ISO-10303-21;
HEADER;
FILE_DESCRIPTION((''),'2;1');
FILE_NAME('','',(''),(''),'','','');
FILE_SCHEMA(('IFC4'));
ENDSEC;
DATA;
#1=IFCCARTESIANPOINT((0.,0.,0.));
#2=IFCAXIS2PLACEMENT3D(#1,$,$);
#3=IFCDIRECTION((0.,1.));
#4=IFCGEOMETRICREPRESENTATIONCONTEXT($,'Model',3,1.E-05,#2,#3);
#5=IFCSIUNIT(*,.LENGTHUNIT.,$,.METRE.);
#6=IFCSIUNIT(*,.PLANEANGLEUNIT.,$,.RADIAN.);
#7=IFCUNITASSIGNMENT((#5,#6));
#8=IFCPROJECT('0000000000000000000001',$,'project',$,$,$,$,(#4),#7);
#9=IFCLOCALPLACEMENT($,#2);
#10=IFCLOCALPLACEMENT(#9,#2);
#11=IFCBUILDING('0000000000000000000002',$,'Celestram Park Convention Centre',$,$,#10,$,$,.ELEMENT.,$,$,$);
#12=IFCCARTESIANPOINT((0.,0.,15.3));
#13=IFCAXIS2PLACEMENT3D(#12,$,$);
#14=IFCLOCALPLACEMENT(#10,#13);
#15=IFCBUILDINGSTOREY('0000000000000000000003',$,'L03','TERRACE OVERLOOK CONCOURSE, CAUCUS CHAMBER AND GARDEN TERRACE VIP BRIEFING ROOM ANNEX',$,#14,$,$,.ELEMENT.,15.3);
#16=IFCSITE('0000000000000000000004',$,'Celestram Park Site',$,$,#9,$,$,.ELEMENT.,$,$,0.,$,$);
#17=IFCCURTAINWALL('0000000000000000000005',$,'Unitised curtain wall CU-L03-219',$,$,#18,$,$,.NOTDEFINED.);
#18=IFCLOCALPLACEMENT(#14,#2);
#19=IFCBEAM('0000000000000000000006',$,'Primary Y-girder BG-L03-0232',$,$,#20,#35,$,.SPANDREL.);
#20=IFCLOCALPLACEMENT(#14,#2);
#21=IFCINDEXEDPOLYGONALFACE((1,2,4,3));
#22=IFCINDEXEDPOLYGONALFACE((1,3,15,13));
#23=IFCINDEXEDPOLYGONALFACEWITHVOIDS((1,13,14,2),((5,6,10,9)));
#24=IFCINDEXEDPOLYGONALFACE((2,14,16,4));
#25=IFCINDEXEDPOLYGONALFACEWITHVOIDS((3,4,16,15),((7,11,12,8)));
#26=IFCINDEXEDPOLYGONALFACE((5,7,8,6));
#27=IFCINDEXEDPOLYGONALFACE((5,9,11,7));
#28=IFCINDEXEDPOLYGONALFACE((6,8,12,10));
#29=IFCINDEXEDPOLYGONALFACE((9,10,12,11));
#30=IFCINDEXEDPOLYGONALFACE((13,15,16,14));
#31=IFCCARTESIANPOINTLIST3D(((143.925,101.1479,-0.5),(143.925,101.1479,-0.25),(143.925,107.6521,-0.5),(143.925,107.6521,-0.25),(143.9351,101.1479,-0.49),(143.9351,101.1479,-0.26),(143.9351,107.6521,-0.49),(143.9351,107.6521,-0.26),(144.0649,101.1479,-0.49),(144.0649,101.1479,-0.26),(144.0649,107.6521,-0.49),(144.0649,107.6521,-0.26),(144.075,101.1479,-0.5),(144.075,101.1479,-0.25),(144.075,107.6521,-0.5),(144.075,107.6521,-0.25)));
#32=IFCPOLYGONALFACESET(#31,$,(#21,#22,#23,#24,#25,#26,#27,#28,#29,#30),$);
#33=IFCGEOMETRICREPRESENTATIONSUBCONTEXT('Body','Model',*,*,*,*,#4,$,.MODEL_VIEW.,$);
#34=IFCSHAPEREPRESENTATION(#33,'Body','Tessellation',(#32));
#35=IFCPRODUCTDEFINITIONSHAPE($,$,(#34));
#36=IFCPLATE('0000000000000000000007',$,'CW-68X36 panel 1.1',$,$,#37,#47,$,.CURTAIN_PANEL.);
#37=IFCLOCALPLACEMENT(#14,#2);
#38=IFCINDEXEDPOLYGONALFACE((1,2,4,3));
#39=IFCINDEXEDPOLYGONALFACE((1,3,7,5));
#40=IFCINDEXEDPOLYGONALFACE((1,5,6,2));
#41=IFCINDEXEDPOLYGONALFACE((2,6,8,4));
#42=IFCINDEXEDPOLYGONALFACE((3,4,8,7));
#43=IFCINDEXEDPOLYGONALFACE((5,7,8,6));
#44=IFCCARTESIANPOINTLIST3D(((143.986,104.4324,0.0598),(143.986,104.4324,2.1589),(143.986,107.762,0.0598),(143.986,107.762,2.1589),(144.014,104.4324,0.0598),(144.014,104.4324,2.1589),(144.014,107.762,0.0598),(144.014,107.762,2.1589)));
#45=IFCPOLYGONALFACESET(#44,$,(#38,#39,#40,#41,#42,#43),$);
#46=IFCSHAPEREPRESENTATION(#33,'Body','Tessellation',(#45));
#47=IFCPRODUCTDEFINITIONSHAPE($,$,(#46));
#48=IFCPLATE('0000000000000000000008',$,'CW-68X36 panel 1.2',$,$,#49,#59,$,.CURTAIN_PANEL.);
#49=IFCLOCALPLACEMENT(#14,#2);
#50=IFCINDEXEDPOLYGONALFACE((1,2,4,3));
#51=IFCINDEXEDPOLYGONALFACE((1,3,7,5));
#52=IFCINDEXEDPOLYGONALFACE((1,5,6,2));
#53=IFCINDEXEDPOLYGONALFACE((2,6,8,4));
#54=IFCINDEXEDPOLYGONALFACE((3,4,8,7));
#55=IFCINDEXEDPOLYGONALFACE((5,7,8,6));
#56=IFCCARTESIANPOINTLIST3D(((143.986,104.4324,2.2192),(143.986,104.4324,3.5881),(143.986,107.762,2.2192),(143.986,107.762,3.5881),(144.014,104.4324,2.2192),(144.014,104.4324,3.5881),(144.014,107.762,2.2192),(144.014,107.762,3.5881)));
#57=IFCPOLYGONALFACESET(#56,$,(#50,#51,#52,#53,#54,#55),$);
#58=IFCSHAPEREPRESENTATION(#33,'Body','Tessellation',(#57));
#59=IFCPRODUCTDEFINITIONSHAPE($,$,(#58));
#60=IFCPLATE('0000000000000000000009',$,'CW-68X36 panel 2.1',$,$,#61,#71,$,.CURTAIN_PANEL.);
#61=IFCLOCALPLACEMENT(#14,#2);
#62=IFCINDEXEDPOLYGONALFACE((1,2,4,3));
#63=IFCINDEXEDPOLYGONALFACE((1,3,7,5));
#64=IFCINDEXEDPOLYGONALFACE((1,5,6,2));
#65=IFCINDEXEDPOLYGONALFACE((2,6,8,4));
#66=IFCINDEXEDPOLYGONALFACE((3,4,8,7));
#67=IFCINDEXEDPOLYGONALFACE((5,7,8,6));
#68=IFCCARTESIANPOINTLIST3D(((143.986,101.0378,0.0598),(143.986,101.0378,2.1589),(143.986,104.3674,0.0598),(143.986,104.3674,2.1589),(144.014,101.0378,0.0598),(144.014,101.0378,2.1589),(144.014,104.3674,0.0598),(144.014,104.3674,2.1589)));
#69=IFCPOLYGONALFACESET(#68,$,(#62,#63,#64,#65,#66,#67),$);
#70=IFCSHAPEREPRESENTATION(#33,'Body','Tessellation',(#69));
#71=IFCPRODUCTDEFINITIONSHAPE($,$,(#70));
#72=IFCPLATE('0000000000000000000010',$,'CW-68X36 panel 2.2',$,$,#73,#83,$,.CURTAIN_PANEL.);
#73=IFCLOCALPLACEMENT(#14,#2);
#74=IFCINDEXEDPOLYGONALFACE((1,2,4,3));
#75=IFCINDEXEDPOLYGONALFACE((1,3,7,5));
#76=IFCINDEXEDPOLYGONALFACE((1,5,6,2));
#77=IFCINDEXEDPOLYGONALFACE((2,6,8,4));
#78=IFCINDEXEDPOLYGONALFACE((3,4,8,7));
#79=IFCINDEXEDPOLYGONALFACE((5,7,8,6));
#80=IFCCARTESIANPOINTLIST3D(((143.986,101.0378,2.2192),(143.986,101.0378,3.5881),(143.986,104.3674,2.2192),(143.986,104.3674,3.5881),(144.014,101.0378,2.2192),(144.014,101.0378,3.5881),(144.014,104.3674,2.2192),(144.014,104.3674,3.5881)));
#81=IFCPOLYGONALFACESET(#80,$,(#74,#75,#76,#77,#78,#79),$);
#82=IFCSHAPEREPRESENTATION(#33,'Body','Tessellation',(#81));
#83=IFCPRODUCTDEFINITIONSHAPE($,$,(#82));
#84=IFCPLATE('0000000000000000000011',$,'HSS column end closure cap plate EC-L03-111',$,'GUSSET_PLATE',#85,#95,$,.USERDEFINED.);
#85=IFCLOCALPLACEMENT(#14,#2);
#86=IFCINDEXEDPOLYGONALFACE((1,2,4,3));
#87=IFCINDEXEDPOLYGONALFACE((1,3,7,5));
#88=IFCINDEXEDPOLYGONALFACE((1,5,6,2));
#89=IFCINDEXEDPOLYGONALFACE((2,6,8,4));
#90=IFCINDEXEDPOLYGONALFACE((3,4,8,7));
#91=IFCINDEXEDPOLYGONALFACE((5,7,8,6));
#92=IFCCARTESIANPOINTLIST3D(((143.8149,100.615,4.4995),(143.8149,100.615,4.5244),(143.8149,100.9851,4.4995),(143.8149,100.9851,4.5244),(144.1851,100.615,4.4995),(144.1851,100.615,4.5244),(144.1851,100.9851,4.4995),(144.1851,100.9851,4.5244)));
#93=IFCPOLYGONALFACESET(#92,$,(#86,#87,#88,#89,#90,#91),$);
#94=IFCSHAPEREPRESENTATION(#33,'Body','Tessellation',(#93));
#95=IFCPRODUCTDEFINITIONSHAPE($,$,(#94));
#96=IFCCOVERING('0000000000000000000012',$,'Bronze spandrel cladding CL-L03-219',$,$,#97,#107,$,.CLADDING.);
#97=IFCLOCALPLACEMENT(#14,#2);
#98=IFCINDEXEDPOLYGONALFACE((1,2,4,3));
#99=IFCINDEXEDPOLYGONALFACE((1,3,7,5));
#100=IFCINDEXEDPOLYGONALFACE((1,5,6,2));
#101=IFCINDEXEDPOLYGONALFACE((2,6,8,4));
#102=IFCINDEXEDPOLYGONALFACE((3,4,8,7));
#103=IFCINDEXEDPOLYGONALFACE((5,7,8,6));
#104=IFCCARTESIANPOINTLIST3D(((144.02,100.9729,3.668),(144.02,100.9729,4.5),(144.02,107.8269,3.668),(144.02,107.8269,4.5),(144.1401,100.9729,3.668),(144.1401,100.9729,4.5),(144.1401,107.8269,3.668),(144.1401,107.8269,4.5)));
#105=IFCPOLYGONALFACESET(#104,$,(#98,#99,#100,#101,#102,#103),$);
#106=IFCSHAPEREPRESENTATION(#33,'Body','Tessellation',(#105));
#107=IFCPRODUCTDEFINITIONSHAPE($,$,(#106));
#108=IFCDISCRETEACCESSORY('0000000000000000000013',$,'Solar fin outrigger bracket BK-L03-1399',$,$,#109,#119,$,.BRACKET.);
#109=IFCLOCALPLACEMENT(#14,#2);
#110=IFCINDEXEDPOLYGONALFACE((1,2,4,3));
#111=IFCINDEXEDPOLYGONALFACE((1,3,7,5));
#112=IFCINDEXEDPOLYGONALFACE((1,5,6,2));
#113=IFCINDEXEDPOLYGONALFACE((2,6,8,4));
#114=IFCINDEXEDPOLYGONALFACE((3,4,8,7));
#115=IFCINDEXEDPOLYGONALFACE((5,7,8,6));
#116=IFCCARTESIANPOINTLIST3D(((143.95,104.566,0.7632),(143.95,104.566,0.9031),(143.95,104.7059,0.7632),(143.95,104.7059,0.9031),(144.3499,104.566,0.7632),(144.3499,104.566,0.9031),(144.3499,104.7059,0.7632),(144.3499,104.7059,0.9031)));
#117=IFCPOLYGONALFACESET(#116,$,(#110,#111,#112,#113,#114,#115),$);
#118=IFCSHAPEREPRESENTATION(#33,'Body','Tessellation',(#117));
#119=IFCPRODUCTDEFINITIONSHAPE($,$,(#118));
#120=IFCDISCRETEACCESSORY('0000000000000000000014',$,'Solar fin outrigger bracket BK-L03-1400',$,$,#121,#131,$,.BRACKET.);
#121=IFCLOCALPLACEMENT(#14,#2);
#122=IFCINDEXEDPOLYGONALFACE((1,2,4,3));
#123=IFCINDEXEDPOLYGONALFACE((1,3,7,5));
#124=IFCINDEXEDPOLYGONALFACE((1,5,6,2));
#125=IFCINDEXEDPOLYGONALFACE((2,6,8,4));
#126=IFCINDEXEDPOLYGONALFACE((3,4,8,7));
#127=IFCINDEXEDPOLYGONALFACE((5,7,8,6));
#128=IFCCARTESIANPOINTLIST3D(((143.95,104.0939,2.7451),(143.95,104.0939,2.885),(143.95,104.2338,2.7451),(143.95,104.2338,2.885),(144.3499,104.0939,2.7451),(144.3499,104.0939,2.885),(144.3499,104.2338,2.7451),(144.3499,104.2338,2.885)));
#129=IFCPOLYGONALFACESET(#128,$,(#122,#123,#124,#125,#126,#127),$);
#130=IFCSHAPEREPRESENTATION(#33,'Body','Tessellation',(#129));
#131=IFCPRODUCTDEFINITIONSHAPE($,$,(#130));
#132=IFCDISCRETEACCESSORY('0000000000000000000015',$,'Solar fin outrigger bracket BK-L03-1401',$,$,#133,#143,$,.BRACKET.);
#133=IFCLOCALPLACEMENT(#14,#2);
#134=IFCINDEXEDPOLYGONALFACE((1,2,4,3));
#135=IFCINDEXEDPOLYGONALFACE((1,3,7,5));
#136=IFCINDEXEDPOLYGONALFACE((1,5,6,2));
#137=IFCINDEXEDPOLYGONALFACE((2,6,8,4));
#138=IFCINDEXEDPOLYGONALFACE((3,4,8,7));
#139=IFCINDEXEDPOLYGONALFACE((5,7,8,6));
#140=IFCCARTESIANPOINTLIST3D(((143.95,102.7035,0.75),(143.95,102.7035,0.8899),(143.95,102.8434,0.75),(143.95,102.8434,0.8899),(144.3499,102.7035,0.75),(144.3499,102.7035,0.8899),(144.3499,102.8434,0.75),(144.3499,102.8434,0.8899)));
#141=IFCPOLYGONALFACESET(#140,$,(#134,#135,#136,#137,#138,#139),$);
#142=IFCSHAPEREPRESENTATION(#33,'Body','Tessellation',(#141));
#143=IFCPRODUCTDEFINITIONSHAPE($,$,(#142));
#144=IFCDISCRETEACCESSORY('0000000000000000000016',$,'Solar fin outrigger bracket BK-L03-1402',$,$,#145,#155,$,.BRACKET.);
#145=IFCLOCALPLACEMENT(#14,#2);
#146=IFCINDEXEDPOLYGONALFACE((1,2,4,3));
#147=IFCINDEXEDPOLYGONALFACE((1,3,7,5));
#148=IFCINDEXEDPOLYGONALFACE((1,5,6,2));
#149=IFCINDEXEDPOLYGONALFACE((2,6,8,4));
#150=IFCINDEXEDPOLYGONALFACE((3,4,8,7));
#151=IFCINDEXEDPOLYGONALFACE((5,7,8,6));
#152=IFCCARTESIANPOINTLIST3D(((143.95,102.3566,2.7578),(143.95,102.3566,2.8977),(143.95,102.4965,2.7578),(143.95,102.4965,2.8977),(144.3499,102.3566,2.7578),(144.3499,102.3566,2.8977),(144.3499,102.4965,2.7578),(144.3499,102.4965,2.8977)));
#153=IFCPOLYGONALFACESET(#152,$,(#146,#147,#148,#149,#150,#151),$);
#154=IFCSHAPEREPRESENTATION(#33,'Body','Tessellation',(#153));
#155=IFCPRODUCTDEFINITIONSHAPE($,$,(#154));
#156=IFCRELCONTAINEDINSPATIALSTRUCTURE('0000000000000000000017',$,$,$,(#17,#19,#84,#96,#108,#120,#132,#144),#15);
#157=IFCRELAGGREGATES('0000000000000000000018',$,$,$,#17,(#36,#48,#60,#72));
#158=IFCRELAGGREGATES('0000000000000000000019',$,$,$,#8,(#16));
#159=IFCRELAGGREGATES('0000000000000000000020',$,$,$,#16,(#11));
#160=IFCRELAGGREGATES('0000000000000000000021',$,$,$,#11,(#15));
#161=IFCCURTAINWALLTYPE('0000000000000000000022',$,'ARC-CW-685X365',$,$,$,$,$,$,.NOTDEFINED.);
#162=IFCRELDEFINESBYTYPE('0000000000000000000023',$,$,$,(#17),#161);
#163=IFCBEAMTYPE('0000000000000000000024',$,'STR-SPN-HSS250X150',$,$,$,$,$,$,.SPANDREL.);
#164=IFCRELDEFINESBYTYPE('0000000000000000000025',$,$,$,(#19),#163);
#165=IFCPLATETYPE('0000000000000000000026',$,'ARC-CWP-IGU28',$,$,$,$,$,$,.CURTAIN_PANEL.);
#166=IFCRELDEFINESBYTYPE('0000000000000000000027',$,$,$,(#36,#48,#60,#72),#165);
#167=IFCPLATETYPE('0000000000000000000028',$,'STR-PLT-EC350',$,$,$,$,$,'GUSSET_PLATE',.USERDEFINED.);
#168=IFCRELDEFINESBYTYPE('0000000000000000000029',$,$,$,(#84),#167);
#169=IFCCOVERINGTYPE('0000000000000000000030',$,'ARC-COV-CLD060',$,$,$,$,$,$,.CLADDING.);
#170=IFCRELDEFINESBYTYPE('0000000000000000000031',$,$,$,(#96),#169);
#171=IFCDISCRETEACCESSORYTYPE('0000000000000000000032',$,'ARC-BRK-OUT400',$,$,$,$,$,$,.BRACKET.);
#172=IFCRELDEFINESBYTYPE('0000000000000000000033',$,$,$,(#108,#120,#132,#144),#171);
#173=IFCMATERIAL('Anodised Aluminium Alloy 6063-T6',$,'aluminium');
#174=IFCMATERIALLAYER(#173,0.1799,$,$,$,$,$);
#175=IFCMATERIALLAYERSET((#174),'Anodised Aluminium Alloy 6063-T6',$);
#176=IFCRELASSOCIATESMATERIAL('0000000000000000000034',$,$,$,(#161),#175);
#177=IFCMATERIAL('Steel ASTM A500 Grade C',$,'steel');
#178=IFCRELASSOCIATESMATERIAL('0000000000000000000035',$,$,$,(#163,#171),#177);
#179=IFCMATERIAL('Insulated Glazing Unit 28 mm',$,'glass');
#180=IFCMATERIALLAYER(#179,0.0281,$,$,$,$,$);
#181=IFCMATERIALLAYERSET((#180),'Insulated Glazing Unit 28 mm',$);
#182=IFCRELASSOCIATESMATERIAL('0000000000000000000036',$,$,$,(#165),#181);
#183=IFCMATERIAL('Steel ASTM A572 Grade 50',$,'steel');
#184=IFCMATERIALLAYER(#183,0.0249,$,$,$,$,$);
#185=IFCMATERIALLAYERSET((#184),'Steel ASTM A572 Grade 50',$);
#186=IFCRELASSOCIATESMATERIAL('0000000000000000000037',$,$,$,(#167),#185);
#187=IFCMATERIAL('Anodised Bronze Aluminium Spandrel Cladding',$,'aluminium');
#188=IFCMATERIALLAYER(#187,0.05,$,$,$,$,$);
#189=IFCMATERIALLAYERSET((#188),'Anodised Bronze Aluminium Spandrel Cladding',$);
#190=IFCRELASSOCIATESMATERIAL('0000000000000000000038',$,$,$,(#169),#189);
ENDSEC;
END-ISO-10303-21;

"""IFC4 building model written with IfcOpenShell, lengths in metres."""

from ifc_helpers import new_model, si_unit, direction, frame, origin, origin_2d, place, context, subcontext, project, spatial, rectangle, hollow_rectangle, extrude, material, layer, layer_set, material_profile, profile_set, type_object, element, aggregate, save


model = new_model("IFC4")

# Units and contexts
model_context = context("Model", 3, precision=1e-05, world=origin(), true_north=direction((0.0, 1.0)))
body_context = subcontext(model_context, "Body", "Model", "MODEL_VIEW")
ifc_project = project(units=[si_unit("LENGTHUNIT", "METRE"), si_unit("PLANEANGLEUNIT", "RADIAN")], contexts=[model_context])

# Site, building, storey
site_placement = place(None, origin())
site = spatial("IfcSite", under=ifc_project, at=site_placement, Name="Celestram Park Site", CompositionType="ELEMENT", RefElevation=0.0)
building_placement = place(site_placement, origin())
building = spatial("IfcBuilding", under=site, at=building_placement, Name="Celestram Park Convention Centre", CompositionType="ELEMENT")
storey_placement = place(building_placement, frame((0.0, 0.0, 15.3)))
storey = spatial("IfcBuildingStorey", under=building, at=storey_placement, Name="L03", Description="TERRACE OVERLOOK CONCOURSE, CAUCUS CHAMBER AND GARDEN TERRACE VIP BRIEFING ROOM ANNEX", CompositionType="ELEMENT", Elevation=15.3)

# Shared definitions
ifc_material_1 = material(Name="Steel ASTM A500 Grade C", Category="steel")

# Curtain wall
ifc_material_2 = material(Name="Anodised Aluminium Alloy 6063-T6", Category="aluminium")
ifc_layer_1 = layer(ifc_material_2, 0.1799)
ifc_layer_set_1 = layer_set([ifc_layer_1], Name="Anodised Aluminium Alloy 6063-T6")
curtain_wall_type = type_object("IfcCurtainWallType", Name="ARC-CW-685X365", PredefinedType="NOTDEFINED", material=ifc_layer_set_1)
curtain_wall_placement = place(storey_placement, origin())
curtain_wall = element("IfcCurtainWall", 1, at=curtain_wall_placement, inside=storey, type_object=curtain_wall_type, Name="Unitised curtain wall CU-L03-219", PredefinedType="NOTDEFINED")

# Beam
ifc_material_profile_1 = material_profile(ifc_material_1, hollow_rectangle(XDim=0.1499, YDim=0.25, WallThickness=0.01, at=origin_2d()), Name="HSS250X150X10")
ifc_profile_set_1 = profile_set([ifc_material_profile_1], Name="Steel ASTM A500 Grade C")
beam_type = type_object("IfcBeamType", Name="STR-SPN-HSS250X150", PredefinedType="SPANDREL", material=ifc_profile_set_1)
beam_placement = place(storey_placement, frame((144.0, 101.1479, -0.375), z_axis=(0.0, 1.0, 0.0), x_axis=(-1.0, 0.0, 0.0)))
element("IfcBeam", 2, at=beam_placement, inside=storey, type_object=beam_type, Name="Primary Y-girder BG-L03-0232", PredefinedType="SPANDREL", context=body_context, shape_type="SweptSolid", body=[
    extrude(hollow_rectangle(XDim=0.1499, YDim=0.25, WallThickness=0.01, at=origin_2d()), origin(), (0.0, 0.0, 1.0), 6.5042),
])

# Plates
ifc_material_3 = material(Name="Insulated Glazing Unit 28 mm", Category="glass")
ifc_layer_2 = layer(ifc_material_3, 0.0281)
ifc_layer_set_2 = layer_set([ifc_layer_2], Name="Insulated Glazing Unit 28 mm")
plate_type_1 = type_object("IfcPlateType", Name="ARC-CWP-IGU28", PredefinedType="CURTAIN_PANEL", material=ifc_layer_set_2)
plate_1_placement = place(storey_placement, frame((144.0, 106.0972, 0.0598), z_axis=(0.0, 0.0, 1.0), x_axis=(0.0, -1.0, 0.0)))
plate_1 = element("IfcPlate", 3, at=plate_1_placement, type_object=plate_type_1, Name="CW-68X36 panel 1.1", PredefinedType="CURTAIN_PANEL", context=body_context, shape_type="SweptSolid", body=[
    extrude(rectangle(XDim=3.3296, YDim=0.0281, at=origin_2d()), origin(), (0.0, 0.0, 1.0), 2.0991),
])
plate_2_placement = place(storey_placement, frame((144.0, 106.0972, 2.2192), z_axis=(0.0, 0.0, 1.0), x_axis=(0.0, -1.0, 0.0)))
plate_2 = element("IfcPlate", 4, at=plate_2_placement, type_object=plate_type_1, Name="CW-68X36 panel 1.2", PredefinedType="CURTAIN_PANEL", context=body_context, shape_type="SweptSolid", body=[
    extrude(rectangle(XDim=3.3296, YDim=0.0281, at=origin_2d()), origin(), (0.0, 0.0, 1.0), 1.3689),
])
plate_3_placement = place(storey_placement, frame((144.0, 102.7026, 0.0598), z_axis=(0.0, 0.0, 1.0), x_axis=(0.0, -1.0, 0.0)))
plate_3 = element("IfcPlate", 5, at=plate_3_placement, type_object=plate_type_1, Name="CW-68X36 panel 2.1", PredefinedType="CURTAIN_PANEL", context=body_context, shape_type="SweptSolid", body=[
    extrude(rectangle(XDim=3.3296, YDim=0.0281, at=origin_2d()), origin(), (0.0, 0.0, 1.0), 2.0991),
])
plate_4_placement = place(storey_placement, frame((144.0, 102.7026, 2.2192), z_axis=(0.0, 0.0, 1.0), x_axis=(0.0, -1.0, 0.0)))
plate_4 = element("IfcPlate", 6, at=plate_4_placement, type_object=plate_type_1, Name="CW-68X36 panel 2.2", PredefinedType="CURTAIN_PANEL", context=body_context, shape_type="SweptSolid", body=[
    extrude(rectangle(XDim=3.3296, YDim=0.0281, at=origin_2d()), origin(), (0.0, 0.0, 1.0), 1.3689),
])
aggregate(curtain_wall, [plate_1, plate_2, plate_3, plate_4])
ifc_material_4 = material(Name="Steel ASTM A572 Grade 50", Category="steel")
ifc_layer_3 = layer(ifc_material_4, 0.0249)
ifc_layer_set_3 = layer_set([ifc_layer_3], Name="Steel ASTM A572 Grade 50")
plate_type_2 = type_object("IfcPlateType", Name="STR-PLT-EC350", ElementType="GUSSET_PLATE", PredefinedType="USERDEFINED", material=ifc_layer_set_3)
plate_5_placement = place(storey_placement, frame((144.0, 100.8, 4.4995), z_axis=(0.0, 0.0, 1.0), x_axis=(1.0, 0.0, 0.0)))
element("IfcPlate", 7, at=plate_5_placement, inside=storey, type_object=plate_type_2, Name="HSS column end closure cap plate EC-L03-111", ObjectType="GUSSET_PLATE", PredefinedType="USERDEFINED", context=body_context, shape_type="SweptSolid", body=[
    extrude(rectangle(XDim=0.3701, YDim=0.3701, at=origin_2d()), origin(), (0.0, 0.0, 1.0), 0.0249),
])

# Covering
ifc_material_5 = material(Name="Anodised Bronze Aluminium Spandrel Cladding", Category="aluminium")
ifc_layer_4 = layer(ifc_material_5, 0.05)
ifc_layer_set_4 = layer_set([ifc_layer_4], Name="Anodised Bronze Aluminium Spandrel Cladding")
covering_type = type_object("IfcCoveringType", Name="ARC-COV-CLD060", PredefinedType="CLADDING", material=ifc_layer_set_4)
covering_placement = place(storey_placement, frame((144.0801, 104.3999, 3.668), z_axis=(0.0, 0.0, 1.0), x_axis=(0.0, -1.0, 0.0)))
element("IfcCovering", 8, at=covering_placement, inside=storey, type_object=covering_type, Name="Bronze spandrel cladding CL-L03-219", PredefinedType="CLADDING", context=body_context, shape_type="SweptSolid", body=[
    extrude(rectangle(XDim=6.854, YDim=0.1201, at=origin_2d()), origin(), (0.0, 0.0, 1.0), 0.832),
])

# Discrete accessories
discrete_accessory_type = type_object("IfcDiscreteAccessoryType", Name="ARC-BRK-OUT400", PredefinedType="BRACKET", material=ifc_material_1)
for number, where, z_axis, x_axis, name in (
    (9, (144.1499, 104.636, 0.7632), (0.0, 0.0, 1.0), (1.0, 0.0, 0.0), "Solar fin outrigger bracket BK-L03-1399"),
    (10, (144.1499, 104.1638, 2.7451), (0.0, 0.0, 1.0), (1.0, 0.0, 0.0), "Solar fin outrigger bracket BK-L03-1400"),
    (11, (144.1499, 102.7734, 0.75), (0.0, 0.0, 1.0), (1.0, 0.0, 0.0), "Solar fin outrigger bracket BK-L03-1401"),
    (12, (144.1499, 102.4265, 2.7578), (0.0, 0.0, 1.0), (1.0, 0.0, 0.0), "Solar fin outrigger bracket BK-L03-1402"),
):
    element("IfcDiscreteAccessory", number, at=place(storey_placement, frame(where, z_axis=z_axis, x_axis=x_axis)), inside=storey, type_object=discrete_accessory_type, Name=name, PredefinedType="BRACKET", context=body_context, shape_type="SweptSolid", body=[
        extrude(rectangle(XDim=0.3999, YDim=0.1399, at=origin_2d()), origin(), (0.0, 0.0, 1.0), 0.1399),
    ])

save(model, "model.ifc")
